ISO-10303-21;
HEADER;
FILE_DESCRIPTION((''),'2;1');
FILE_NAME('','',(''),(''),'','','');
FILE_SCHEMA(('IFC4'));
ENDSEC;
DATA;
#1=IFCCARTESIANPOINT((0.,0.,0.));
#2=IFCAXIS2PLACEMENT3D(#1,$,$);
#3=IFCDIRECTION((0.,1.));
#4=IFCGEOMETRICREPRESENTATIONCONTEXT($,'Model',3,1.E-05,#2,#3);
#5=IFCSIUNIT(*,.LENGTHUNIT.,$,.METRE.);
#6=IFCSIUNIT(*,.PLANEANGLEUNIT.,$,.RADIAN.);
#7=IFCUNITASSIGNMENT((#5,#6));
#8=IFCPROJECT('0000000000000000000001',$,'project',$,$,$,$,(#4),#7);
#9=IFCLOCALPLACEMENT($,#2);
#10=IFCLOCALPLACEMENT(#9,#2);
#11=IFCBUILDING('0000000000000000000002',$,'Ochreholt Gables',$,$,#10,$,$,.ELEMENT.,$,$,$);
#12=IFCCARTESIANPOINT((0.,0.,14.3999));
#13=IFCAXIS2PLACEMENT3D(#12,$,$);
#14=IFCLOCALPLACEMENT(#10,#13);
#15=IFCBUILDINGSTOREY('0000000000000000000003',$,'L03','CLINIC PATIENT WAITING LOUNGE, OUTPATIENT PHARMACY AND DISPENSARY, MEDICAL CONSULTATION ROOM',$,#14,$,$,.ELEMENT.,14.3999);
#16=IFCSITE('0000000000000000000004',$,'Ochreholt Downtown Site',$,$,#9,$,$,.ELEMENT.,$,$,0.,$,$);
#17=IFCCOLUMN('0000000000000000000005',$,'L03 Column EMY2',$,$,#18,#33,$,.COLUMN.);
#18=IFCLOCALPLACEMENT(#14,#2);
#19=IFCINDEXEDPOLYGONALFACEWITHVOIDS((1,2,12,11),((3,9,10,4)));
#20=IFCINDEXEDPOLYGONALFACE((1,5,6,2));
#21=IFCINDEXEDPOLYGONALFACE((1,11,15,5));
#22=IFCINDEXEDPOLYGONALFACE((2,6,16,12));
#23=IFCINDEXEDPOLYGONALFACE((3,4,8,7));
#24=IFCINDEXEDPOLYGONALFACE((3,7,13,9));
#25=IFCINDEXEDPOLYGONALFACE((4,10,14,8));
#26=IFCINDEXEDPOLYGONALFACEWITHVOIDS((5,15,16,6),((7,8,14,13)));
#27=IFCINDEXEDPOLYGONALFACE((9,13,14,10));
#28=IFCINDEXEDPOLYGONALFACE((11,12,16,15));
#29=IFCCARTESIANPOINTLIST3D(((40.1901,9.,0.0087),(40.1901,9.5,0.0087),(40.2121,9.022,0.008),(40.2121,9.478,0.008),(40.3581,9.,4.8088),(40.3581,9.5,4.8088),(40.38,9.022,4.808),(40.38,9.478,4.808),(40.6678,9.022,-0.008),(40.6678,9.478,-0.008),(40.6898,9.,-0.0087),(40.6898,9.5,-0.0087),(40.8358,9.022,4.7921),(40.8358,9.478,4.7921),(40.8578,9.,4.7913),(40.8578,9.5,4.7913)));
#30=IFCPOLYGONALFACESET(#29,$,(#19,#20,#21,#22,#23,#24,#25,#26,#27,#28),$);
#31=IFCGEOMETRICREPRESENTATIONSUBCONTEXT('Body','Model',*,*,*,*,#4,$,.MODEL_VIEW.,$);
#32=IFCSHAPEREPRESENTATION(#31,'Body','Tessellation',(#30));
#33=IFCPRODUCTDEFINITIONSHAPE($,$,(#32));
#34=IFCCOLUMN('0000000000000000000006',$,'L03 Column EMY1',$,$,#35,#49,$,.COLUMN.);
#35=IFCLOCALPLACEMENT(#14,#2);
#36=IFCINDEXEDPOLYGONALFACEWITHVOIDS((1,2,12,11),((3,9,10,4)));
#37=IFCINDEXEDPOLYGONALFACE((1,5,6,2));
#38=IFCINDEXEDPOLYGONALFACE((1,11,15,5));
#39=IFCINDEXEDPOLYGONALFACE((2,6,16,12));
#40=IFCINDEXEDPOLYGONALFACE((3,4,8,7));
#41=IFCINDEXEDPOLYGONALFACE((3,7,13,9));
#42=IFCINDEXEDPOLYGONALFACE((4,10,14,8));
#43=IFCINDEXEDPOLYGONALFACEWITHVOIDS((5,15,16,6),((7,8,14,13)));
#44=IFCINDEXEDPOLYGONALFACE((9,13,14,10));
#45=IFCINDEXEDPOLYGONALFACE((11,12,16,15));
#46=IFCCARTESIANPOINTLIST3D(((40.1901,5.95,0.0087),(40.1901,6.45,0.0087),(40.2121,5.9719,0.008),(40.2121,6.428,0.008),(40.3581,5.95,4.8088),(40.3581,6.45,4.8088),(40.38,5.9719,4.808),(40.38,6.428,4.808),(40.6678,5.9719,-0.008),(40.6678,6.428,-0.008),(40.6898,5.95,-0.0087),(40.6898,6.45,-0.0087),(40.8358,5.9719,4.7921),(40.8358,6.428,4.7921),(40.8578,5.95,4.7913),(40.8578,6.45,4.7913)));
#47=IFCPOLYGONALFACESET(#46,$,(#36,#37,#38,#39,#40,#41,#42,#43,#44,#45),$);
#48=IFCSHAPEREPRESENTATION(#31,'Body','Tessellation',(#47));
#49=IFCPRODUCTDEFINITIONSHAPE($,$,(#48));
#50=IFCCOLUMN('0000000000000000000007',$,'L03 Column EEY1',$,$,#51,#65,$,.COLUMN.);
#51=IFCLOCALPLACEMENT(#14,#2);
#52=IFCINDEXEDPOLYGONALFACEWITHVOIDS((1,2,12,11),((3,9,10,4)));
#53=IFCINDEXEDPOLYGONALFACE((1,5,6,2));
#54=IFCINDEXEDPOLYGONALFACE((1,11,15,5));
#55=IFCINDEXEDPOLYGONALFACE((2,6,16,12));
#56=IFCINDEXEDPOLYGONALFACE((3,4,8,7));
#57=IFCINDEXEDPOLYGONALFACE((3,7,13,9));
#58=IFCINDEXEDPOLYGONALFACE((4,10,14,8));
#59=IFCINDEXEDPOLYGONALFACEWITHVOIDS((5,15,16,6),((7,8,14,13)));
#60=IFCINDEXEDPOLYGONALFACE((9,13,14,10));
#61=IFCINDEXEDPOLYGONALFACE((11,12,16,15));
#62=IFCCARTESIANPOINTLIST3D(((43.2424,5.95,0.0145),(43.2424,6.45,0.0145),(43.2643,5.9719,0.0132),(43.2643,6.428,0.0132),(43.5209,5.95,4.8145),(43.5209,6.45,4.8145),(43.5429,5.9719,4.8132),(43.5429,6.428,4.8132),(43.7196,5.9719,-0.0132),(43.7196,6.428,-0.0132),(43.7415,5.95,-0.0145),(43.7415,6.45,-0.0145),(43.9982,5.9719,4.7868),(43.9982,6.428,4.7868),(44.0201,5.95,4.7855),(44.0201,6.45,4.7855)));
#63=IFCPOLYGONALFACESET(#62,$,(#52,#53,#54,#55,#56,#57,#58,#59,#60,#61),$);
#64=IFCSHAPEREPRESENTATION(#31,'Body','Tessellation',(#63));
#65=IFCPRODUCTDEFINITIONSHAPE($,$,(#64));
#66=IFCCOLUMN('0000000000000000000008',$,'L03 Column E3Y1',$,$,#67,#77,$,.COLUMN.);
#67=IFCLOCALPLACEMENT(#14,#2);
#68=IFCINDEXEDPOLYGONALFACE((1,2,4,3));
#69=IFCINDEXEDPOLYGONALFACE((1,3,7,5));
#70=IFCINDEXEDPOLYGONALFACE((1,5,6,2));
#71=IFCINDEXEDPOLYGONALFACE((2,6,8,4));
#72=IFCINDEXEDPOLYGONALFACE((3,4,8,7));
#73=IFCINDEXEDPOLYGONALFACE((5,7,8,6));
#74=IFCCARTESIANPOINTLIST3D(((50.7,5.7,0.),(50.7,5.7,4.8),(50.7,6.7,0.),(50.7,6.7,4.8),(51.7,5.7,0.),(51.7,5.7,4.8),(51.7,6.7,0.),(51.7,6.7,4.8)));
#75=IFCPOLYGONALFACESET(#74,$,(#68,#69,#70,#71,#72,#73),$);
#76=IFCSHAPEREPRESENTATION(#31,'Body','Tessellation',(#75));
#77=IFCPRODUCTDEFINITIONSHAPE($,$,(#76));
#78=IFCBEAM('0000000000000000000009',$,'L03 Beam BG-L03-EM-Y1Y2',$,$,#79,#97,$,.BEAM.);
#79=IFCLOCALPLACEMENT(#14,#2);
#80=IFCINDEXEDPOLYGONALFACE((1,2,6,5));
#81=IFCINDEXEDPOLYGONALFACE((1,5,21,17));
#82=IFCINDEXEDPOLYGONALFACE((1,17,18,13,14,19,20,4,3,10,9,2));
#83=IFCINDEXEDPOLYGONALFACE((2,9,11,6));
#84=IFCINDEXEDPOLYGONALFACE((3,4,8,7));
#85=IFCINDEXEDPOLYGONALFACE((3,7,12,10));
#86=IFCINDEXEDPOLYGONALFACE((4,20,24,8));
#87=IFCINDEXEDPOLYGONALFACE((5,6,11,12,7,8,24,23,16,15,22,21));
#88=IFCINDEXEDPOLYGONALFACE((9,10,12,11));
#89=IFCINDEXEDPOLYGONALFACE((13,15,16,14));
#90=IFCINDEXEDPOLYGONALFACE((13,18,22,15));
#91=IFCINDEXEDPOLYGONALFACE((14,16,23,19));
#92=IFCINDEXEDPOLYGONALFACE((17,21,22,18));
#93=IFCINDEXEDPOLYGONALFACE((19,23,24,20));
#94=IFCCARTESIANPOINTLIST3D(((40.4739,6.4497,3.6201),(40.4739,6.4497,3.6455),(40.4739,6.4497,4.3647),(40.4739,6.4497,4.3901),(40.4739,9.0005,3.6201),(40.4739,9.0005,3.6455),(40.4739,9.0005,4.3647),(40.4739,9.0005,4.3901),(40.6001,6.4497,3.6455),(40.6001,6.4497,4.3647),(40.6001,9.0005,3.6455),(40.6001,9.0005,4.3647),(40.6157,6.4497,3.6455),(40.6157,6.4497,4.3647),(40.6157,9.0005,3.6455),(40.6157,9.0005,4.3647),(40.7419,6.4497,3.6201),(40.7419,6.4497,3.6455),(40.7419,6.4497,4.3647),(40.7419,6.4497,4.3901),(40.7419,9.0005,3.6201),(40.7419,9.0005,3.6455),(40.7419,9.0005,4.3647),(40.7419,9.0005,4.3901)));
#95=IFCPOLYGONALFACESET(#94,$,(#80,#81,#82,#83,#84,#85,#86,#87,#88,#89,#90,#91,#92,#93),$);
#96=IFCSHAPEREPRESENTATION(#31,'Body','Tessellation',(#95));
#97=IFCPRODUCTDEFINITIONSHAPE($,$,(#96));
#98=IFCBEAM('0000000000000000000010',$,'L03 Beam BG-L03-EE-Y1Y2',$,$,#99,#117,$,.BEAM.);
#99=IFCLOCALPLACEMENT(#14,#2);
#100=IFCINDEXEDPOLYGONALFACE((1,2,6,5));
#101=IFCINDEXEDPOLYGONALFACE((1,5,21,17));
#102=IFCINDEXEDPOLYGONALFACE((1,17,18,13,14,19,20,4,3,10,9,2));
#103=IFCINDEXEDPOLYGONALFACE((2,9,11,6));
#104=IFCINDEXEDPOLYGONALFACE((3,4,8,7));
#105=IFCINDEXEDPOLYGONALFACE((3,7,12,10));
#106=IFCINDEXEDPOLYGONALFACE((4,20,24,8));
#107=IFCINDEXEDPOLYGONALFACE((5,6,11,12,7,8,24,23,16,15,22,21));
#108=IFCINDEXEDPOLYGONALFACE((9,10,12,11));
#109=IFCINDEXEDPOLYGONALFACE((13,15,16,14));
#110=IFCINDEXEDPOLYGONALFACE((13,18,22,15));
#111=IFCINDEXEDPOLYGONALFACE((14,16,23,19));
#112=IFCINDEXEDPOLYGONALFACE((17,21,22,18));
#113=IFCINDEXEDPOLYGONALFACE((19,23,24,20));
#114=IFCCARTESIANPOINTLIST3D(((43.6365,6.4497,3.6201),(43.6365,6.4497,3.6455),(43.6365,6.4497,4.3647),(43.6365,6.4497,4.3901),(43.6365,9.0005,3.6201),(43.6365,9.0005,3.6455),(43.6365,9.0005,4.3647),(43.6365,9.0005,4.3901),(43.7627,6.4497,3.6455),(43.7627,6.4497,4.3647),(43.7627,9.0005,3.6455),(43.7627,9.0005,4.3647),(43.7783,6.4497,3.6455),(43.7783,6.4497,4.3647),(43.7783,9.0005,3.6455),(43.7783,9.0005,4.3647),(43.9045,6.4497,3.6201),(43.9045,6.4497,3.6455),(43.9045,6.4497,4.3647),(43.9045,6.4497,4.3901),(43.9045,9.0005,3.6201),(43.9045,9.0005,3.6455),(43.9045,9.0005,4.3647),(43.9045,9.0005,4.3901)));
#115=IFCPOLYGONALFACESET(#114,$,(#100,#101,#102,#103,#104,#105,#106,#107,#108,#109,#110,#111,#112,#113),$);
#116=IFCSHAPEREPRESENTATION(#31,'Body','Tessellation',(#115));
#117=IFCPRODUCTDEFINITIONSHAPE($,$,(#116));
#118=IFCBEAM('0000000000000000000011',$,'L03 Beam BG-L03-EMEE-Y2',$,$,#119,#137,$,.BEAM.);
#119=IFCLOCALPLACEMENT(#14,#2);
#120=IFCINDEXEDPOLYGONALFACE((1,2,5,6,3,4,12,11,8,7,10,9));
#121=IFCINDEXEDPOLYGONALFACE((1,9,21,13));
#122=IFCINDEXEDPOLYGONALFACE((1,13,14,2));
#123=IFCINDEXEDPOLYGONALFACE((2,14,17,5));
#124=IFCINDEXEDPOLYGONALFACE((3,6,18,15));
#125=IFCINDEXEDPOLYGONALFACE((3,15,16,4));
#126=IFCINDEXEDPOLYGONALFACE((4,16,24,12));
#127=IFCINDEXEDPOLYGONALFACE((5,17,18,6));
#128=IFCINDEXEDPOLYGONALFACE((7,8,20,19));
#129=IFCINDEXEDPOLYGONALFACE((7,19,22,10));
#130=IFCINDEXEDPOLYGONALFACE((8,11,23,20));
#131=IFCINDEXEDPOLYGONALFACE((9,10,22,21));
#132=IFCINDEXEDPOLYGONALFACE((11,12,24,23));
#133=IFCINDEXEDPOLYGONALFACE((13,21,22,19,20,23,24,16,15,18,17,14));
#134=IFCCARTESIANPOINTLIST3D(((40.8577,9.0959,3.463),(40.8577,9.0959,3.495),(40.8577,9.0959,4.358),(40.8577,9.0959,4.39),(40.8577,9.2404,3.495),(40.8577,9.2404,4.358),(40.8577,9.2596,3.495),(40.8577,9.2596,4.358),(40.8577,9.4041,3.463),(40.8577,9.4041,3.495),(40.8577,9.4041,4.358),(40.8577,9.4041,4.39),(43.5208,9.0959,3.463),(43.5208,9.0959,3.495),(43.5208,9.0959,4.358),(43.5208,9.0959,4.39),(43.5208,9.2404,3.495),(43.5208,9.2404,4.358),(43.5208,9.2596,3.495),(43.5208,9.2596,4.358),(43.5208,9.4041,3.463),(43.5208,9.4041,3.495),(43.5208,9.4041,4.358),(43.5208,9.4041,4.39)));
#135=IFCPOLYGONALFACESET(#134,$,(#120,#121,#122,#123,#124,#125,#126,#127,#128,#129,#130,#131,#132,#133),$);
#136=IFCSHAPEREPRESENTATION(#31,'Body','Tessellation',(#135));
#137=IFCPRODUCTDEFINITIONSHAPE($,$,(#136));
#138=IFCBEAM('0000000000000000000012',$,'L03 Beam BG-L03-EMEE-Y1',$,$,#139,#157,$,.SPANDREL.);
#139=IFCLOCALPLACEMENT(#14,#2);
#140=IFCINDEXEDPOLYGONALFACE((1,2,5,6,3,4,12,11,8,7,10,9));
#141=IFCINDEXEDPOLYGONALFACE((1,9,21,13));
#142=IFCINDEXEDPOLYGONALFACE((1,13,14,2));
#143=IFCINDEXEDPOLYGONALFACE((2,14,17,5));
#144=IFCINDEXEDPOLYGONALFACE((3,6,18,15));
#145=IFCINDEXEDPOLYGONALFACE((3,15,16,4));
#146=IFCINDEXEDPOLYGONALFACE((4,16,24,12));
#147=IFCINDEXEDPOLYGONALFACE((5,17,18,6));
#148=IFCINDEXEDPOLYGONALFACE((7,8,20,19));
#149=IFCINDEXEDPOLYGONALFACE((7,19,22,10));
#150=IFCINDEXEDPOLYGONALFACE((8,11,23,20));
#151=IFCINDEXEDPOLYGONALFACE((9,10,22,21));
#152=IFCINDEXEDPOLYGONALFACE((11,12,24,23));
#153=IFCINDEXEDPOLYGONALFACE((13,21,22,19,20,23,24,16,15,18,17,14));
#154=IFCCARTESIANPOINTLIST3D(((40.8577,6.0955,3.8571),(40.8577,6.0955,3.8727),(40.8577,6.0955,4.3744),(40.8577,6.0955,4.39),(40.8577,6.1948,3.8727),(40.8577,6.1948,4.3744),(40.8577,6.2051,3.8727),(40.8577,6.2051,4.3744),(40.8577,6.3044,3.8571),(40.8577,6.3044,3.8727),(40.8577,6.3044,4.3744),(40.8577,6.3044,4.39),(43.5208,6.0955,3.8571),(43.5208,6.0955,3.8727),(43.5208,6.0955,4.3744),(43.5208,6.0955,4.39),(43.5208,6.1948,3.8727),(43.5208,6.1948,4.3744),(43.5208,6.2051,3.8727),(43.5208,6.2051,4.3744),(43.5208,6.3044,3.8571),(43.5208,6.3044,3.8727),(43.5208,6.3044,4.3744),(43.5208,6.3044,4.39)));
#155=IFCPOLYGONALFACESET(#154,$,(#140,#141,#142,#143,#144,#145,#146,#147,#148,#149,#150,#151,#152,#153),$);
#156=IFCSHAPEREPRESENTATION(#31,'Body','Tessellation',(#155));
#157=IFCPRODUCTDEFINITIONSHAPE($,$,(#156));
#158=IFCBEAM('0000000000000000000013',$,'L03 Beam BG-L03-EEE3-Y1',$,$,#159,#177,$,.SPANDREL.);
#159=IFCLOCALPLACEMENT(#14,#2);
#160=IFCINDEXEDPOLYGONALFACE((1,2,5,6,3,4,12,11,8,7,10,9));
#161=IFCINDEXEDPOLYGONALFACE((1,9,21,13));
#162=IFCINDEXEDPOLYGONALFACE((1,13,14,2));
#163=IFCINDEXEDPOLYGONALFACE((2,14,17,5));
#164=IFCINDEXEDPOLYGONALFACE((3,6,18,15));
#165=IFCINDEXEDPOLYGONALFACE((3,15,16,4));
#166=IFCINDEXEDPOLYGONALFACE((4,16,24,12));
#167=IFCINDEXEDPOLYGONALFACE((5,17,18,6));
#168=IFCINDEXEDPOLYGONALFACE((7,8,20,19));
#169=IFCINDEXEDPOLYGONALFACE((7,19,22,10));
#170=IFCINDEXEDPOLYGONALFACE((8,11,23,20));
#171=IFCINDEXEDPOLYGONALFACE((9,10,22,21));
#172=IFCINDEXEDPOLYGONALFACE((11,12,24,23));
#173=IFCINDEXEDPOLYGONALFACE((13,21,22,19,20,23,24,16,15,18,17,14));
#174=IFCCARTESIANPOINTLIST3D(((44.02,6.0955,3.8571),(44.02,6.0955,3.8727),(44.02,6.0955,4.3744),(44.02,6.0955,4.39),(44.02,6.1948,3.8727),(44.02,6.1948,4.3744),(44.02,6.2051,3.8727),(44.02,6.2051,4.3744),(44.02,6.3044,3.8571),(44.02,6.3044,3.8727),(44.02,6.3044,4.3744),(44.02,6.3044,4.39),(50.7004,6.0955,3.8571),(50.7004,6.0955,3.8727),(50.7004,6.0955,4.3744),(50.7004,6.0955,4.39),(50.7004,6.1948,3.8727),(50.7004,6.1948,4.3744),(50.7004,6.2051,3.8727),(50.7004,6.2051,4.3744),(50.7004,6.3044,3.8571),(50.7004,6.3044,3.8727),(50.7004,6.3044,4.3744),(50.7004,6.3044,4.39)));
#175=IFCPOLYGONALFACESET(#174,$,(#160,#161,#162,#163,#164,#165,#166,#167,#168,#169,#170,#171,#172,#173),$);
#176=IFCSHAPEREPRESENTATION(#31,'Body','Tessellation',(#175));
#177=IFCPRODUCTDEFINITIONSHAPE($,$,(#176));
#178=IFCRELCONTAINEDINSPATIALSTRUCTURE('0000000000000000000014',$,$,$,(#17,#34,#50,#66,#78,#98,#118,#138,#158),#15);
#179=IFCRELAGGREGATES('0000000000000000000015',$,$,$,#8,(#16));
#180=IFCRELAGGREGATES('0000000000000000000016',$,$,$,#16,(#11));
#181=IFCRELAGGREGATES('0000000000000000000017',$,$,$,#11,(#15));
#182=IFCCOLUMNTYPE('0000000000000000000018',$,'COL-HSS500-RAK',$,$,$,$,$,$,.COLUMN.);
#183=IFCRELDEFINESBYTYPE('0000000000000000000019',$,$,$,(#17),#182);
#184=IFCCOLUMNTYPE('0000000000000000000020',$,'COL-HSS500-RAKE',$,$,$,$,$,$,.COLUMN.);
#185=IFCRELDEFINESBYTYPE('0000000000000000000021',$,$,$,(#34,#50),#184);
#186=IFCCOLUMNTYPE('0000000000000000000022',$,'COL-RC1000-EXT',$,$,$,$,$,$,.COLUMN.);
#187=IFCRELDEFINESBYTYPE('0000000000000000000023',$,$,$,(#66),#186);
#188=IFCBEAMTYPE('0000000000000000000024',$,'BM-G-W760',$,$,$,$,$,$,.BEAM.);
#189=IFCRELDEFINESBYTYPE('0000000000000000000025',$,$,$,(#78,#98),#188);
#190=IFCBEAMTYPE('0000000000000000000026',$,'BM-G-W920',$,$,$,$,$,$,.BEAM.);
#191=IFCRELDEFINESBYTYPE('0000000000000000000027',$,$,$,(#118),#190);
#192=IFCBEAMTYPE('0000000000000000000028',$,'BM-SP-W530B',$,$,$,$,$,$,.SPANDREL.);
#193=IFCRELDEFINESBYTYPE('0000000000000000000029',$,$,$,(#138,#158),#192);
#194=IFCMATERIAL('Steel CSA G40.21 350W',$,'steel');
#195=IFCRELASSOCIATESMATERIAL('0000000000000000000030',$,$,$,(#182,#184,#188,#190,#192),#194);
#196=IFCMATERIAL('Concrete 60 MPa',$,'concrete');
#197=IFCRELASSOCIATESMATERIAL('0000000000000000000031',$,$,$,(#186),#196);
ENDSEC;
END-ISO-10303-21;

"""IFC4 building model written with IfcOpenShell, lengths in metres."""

from ifc_helpers import new_model, si_unit, direction, frame, origin, origin_2d, place, context, subcontext, project, spatial, rectangle, hollow_rectangle, i_section, extrude, material, material_profile, profile_set, type_object, element, save


model = new_model("IFC4")

# Units and contexts
model_context = context("Model", 3, precision=1e-05, world=origin(), true_north=direction((0.0, 1.0)))
body_context = subcontext(model_context, "Body", "Model", "MODEL_VIEW")
ifc_project = project(units=[si_unit("LENGTHUNIT", "METRE"), si_unit("PLANEANGLEUNIT", "RADIAN")], contexts=[model_context])

# Site, building, storey
site_placement = place(None, origin())
site = spatial("IfcSite", under=ifc_project, at=site_placement, Name="Ochreholt Downtown Site", CompositionType="ELEMENT", RefElevation=0.0)
building_placement = place(site_placement, origin())
building = spatial("IfcBuilding", under=site, at=building_placement, Name="Ochreholt Gables", CompositionType="ELEMENT")
storey_placement = place(building_placement, frame((0.0, 0.0, 14.3999)))
storey = spatial("IfcBuildingStorey", under=building, at=storey_placement, Name="L03", Description="CLINIC PATIENT WAITING LOUNGE, OUTPATIENT PHARMACY AND DISPENSARY, MEDICAL CONSULTATION ROOM", CompositionType="ELEMENT", Elevation=14.3999)

# Columns
ifc_material_1 = material(Name="Steel CSA G40.21 350W", Category="steel")
ifc_material_profile_1 = material_profile(ifc_material_1, hollow_rectangle(XDim=0.5, YDim=0.5, WallThickness=0.022, at=origin_2d()), Name="HSS500X500X22")
ifc_profile_set_1 = profile_set([ifc_material_profile_1], Name="Steel CSA G40.21 350W")
column_type_1 = type_object("IfcColumnType", Name="COL-HSS500-RAK", PredefinedType="COLUMN", material=ifc_profile_set_1)
column_1_placement = place(storey_placement, frame((40.4399, 9.25, 0.0), z_axis=(0.034972, 0.0, 0.999388), x_axis=(0.0, 1.0, 0.0)))
element("IfcColumn", 1, at=column_1_placement, inside=storey, type_object=column_type_1, Name="L03 Column EMY2", PredefinedType="COLUMN", context=body_context, shape_type="SweptSolid", body=[
    extrude(hollow_rectangle(XDim=0.5, YDim=0.5, WallThickness=0.022, at=origin_2d()), origin(), (0.0, 0.0, 1.0), 4.803),
])
ifc_material_profile_2 = material_profile(ifc_material_1, hollow_rectangle(XDim=0.5, YDim=0.5, WallThickness=0.022, at=origin_2d()), Name="HSS500X500X22")
ifc_profile_set_2 = profile_set([ifc_material_profile_2], Name="Steel CSA G40.21 350W")
column_type_2 = type_object("IfcColumnType", Name="COL-HSS500-RAKE", PredefinedType="COLUMN", material=ifc_profile_set_2)
column_2_placement = place(storey_placement, frame((40.4399, 6.2, 0.0), z_axis=(0.034972, 0.0, 0.999388), x_axis=(0.0, 1.0, 0.0)))
element("IfcColumn", 2, at=column_2_placement, inside=storey, type_object=column_type_2, Name="L03 Column EMY1", PredefinedType="COLUMN", context=body_context, shape_type="SweptSolid", body=[
    extrude(hollow_rectangle(XDim=0.5, YDim=0.5, WallThickness=0.022, at=origin_2d()), origin(), (0.0, 0.0, 1.0), 4.803),
])
column_3_placement = place(storey_placement, frame((43.4919, 6.2, 0.0), z_axis=(0.057936, 0.0, 0.99832), x_axis=(0.0, 1.0, 0.0)))
element("IfcColumn", 3, at=column_3_placement, inside=storey, type_object=column_type_2, Name="L03 Column EEY1", PredefinedType="COLUMN", context=body_context, shape_type="SweptSolid", body=[
    extrude(hollow_rectangle(XDim=0.5, YDim=0.5, WallThickness=0.022, at=origin_2d()), origin(), (0.0, 0.0, 1.0), 4.8081),
])
ifc_material_2 = material(Name="Concrete 60 MPa", Category="concrete")
ifc_material_profile_3 = material_profile(ifc_material_2, rectangle(XDim=1.0, YDim=1.0, at=origin_2d()), Name="RC1000X1000")
ifc_profile_set_3 = profile_set([ifc_material_profile_3], Name="Concrete 60 MPa")
column_type_3 = type_object("IfcColumnType", Name="COL-RC1000-EXT", PredefinedType="COLUMN", material=ifc_profile_set_3)
column_4_placement = place(storey_placement, frame((51.2, 6.2, 0.0), z_axis=(0.0, 0.0, 1.0), x_axis=(1.0, 0.0, 0.0)))
element("IfcColumn", 4, at=column_4_placement, inside=storey, type_object=column_type_3, Name="L03 Column E3Y1", PredefinedType="COLUMN", context=body_context, shape_type="SweptSolid", body=[
    extrude(rectangle(XDim=1.0, YDim=1.0, at=origin_2d()), origin(), (0.0, 0.0, 1.0), 4.8),
])

# Beams
ifc_material_profile_4 = material_profile(ifc_material_1, i_section(OverallWidth=0.2681, OverallDepth=0.77, WebThickness=0.0156, FlangeThickness=0.0254, at=origin_2d()), Name="W760X196")
ifc_profile_set_4 = profile_set([ifc_material_profile_4], Name="Steel CSA G40.21 350W")
beam_type_1 = type_object("IfcBeamType", Name="BM-G-W760", PredefinedType="BEAM", material=ifc_profile_set_4)
for number, where, z_axis, x_axis, name in (
    (5, (40.6079, 6.4497, 4.0051), (0.0, 1.0, 0.0), (-1.0, 0.0, 0.0), "L03 Beam BG-L03-EM-Y1Y2"),
    (6, (43.7705, 6.4497, 4.0051), (0.0, 1.0, 0.0), (-1.0, 0.0, 0.0), "L03 Beam BG-L03-EE-Y1Y2"),
):
    element("IfcBeam", number, at=place(storey_placement, frame(where, z_axis=z_axis, x_axis=x_axis)), inside=storey, type_object=beam_type_1, Name=name, PredefinedType="BEAM", context=body_context, shape_type="SweptSolid", body=[
        extrude(i_section(OverallWidth=0.2681, OverallDepth=0.77, WebThickness=0.0156, FlangeThickness=0.0254, at=origin_2d()), origin(), (0.0, 0.0, 1.0), 2.5508),
    ])
ifc_material_profile_5 = material_profile(ifc_material_1, i_section(OverallWidth=0.3081, OverallDepth=0.927, WebThickness=0.0193, FlangeThickness=0.032, at=origin_2d()), Name="W920X289")
ifc_profile_set_5 = profile_set([ifc_material_profile_5], Name="Steel CSA G40.21 350W")
beam_type_2 = type_object("IfcBeamType", Name="BM-G-W920", PredefinedType="BEAM", material=ifc_profile_set_5)
beam_1_placement = place(storey_placement, frame((40.8577, 9.25, 3.9265), z_axis=(1.0, 0.0, 0.0), x_axis=(0.0, 1.0, 0.0)))
element("IfcBeam", 7, at=beam_1_placement, inside=storey, type_object=beam_type_2, Name="L03 Beam BG-L03-EMEE-Y2", PredefinedType="BEAM", context=body_context, shape_type="SweptSolid", body=[
    extrude(i_section(OverallWidth=0.3081, OverallDepth=0.927, WebThickness=0.0193, FlangeThickness=0.032, at=origin_2d()), origin(), (0.0, 0.0, 1.0), 2.6631),
])
ifc_material_profile_6 = material_profile(ifc_material_1, i_section(OverallWidth=0.209, OverallDepth=0.533, WebThickness=0.0103, FlangeThickness=0.0156, at=origin_2d()), Name="W530X92")
ifc_profile_set_6 = profile_set([ifc_material_profile_6], Name="Steel CSA G40.21 350W")
beam_type_3 = type_object("IfcBeamType", Name="BM-SP-W530B", PredefinedType="SPANDREL", material=ifc_profile_set_6)
beam_2_placement = place(storey_placement, frame((40.8577, 6.2, 4.1235), z_axis=(1.0, 0.0, 0.0), x_axis=(0.0, 1.0, 0.0)))
element("IfcBeam", 8, at=beam_2_placement, inside=storey, type_object=beam_type_3, Name="L03 Beam BG-L03-EMEE-Y1", PredefinedType="SPANDREL", context=body_context, shape_type="SweptSolid", body=[
    extrude(i_section(OverallWidth=0.209, OverallDepth=0.533, WebThickness=0.0103, FlangeThickness=0.0156, at=origin_2d()), origin(), (0.0, 0.0, 1.0), 2.6631),
])
beam_3_placement = place(storey_placement, frame((44.02, 6.2, 4.1235), z_axis=(1.0, 0.0, 0.0), x_axis=(0.0, 1.0, 0.0)))
element("IfcBeam", 9, at=beam_3_placement, inside=storey, type_object=beam_type_3, Name="L03 Beam BG-L03-EEE3-Y1", PredefinedType="SPANDREL", context=body_context, shape_type="SweptSolid", body=[
    extrude(i_section(OverallWidth=0.209, OverallDepth=0.533, WebThickness=0.0103, FlangeThickness=0.0156, at=origin_2d()), origin(), (0.0, 0.0, 1.0), 6.6804),
])

save(model, "model.ifc")
